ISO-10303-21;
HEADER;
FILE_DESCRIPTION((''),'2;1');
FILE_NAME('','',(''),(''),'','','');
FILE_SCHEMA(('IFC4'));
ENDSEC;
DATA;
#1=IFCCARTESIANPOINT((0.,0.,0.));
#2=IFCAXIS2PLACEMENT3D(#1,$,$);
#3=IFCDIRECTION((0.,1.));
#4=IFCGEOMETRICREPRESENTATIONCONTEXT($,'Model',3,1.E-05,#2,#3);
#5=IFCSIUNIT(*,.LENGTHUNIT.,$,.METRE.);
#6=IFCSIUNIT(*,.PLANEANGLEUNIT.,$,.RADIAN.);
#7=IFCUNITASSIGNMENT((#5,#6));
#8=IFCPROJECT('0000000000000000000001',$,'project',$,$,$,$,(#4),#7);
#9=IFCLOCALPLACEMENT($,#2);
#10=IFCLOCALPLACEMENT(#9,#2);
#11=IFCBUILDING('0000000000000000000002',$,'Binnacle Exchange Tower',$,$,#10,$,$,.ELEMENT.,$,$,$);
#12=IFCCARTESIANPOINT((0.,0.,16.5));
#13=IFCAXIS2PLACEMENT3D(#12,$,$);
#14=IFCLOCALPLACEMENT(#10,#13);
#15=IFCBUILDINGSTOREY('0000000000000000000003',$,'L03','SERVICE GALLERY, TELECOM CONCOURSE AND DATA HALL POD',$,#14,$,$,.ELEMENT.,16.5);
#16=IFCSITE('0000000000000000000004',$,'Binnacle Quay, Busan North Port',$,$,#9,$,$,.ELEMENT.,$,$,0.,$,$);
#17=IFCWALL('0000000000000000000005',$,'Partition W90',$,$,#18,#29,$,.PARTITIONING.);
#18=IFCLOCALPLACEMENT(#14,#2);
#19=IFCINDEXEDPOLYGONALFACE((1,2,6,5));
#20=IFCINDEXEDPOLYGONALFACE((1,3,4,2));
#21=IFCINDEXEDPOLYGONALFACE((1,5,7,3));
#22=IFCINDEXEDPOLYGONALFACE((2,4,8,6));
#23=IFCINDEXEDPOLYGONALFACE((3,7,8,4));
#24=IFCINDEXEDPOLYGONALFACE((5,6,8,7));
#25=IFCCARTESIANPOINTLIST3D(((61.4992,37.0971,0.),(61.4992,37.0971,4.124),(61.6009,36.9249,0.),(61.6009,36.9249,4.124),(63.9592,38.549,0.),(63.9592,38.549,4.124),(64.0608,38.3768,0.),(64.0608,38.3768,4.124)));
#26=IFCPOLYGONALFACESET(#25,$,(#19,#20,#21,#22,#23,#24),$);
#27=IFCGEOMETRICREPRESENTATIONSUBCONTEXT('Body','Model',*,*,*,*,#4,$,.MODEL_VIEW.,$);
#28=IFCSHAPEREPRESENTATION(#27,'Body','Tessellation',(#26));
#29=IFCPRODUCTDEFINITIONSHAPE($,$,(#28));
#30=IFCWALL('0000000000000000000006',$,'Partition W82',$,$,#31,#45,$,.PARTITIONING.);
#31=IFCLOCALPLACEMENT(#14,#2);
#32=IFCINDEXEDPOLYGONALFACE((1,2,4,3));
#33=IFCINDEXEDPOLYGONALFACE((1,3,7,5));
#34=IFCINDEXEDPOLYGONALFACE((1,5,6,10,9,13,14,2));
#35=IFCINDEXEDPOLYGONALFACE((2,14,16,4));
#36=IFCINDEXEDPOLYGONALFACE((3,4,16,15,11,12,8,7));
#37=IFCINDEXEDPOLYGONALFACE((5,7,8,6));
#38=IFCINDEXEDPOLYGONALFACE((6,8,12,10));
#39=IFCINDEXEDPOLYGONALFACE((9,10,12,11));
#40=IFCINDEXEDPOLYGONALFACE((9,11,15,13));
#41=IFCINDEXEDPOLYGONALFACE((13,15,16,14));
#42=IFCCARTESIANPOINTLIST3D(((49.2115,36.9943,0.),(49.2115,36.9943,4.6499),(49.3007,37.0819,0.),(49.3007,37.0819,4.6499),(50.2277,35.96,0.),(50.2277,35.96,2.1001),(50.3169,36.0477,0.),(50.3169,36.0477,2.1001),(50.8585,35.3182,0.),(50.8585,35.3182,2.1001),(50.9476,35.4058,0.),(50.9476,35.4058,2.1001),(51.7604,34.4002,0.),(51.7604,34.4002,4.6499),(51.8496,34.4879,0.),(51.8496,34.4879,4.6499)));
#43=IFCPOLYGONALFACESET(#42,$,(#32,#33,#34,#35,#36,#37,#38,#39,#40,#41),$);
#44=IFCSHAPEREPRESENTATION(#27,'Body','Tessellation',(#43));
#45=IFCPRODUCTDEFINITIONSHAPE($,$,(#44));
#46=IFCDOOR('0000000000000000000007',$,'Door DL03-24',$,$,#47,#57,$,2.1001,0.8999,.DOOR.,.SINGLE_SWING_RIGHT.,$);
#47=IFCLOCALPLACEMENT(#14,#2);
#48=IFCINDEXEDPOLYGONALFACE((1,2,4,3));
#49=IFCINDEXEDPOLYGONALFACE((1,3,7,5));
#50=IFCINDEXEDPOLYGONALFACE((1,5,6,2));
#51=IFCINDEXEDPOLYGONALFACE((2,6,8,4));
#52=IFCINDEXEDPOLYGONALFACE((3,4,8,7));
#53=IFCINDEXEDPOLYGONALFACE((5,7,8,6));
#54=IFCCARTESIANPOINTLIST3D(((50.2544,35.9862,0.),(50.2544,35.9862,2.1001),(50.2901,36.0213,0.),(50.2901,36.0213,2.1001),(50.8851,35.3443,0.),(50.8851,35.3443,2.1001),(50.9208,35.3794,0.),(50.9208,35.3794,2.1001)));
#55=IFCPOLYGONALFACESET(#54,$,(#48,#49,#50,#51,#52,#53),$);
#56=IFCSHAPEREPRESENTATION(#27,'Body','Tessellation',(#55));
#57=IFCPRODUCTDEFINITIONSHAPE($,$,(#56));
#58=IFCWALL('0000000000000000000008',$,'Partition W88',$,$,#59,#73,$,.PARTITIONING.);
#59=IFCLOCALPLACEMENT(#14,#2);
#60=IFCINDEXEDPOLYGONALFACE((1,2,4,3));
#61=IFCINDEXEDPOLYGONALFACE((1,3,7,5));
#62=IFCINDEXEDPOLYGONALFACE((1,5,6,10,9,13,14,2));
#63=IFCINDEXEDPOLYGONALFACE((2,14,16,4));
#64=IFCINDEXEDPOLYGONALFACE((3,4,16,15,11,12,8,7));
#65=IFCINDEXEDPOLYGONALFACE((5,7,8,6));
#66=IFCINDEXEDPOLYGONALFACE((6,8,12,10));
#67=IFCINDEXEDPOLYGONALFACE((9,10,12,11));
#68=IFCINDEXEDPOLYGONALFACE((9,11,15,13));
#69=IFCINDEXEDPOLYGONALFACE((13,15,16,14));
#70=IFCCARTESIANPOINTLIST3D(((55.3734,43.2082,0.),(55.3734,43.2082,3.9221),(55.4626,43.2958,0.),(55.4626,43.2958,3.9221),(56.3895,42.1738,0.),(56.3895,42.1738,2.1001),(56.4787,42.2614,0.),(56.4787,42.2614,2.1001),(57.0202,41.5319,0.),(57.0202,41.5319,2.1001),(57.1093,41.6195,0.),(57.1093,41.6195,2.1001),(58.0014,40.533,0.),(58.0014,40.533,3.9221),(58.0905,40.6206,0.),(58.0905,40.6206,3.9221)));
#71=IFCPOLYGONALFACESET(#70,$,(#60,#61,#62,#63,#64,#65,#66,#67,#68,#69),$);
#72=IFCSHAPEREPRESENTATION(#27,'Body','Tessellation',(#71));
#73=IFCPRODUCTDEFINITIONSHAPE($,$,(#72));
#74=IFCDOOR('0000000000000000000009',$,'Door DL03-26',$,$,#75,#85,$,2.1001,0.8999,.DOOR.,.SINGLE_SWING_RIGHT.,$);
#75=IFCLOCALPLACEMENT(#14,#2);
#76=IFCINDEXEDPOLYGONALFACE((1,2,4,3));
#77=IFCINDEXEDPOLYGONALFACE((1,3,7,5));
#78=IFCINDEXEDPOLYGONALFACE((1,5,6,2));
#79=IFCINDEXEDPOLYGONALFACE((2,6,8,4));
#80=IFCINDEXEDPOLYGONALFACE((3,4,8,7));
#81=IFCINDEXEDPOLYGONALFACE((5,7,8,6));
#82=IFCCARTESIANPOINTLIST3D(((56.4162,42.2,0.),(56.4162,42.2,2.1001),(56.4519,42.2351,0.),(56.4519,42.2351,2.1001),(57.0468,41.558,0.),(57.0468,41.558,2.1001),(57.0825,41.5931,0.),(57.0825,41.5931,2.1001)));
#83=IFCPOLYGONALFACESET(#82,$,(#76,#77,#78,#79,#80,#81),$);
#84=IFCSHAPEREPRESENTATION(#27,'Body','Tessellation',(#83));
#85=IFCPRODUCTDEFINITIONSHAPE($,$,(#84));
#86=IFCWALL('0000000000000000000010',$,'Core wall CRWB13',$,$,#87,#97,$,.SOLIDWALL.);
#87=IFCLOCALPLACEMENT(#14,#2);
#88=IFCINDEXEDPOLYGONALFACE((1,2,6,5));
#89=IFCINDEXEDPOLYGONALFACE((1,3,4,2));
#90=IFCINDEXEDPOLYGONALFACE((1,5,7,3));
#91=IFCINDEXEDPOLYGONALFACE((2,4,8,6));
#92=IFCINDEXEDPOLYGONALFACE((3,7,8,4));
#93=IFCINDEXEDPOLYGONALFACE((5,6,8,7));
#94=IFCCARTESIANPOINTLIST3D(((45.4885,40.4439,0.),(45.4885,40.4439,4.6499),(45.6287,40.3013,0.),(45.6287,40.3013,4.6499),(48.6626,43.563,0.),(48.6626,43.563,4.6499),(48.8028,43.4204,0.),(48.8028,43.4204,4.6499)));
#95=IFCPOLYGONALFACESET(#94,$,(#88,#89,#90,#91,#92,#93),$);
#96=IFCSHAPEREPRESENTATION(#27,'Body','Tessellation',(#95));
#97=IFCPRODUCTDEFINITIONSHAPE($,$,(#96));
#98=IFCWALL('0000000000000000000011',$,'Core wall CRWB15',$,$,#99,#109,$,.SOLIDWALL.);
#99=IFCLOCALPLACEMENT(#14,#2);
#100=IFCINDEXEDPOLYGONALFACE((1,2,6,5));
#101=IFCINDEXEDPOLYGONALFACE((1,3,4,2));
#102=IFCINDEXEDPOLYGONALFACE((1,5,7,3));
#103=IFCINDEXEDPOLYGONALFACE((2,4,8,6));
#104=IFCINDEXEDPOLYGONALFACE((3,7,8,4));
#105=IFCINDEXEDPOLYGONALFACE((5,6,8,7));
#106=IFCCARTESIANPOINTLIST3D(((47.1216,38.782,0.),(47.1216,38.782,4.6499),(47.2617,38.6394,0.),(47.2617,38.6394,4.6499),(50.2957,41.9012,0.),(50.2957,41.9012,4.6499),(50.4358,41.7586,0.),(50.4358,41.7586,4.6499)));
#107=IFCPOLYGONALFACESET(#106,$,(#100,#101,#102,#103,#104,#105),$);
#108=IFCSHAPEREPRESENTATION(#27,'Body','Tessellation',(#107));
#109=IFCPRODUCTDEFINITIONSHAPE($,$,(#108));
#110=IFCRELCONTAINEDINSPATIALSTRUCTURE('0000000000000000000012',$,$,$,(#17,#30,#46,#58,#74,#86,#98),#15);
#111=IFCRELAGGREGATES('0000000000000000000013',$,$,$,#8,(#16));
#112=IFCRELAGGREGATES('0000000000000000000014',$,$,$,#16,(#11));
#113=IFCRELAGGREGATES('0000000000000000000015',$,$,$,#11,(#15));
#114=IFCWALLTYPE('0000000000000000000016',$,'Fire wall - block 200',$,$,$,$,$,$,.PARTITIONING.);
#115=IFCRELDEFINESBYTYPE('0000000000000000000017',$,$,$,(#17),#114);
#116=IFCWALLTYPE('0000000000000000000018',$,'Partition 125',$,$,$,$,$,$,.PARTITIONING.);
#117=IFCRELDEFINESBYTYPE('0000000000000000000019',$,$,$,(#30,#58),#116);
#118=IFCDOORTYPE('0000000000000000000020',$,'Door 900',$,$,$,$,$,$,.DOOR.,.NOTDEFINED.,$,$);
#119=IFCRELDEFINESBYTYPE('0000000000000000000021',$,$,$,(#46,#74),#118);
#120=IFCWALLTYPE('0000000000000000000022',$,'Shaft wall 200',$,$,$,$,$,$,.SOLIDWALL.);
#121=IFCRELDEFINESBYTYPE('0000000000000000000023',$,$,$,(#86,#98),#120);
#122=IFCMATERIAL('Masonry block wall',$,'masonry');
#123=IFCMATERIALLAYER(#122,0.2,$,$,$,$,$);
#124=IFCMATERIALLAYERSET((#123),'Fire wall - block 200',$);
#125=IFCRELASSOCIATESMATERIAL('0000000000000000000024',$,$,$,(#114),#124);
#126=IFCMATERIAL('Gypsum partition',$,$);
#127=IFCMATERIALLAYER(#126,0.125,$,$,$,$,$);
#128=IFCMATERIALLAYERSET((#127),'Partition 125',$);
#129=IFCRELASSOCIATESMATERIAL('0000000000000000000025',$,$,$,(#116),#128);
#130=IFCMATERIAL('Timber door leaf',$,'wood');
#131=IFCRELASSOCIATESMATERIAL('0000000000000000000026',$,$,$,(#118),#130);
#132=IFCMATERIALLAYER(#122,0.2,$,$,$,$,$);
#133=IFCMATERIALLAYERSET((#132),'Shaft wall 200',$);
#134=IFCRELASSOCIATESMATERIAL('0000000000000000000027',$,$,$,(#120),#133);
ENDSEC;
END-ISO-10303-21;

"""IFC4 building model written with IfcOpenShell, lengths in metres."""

from ifc_helpers import new_model, si_unit, direction, frame, frame_2d, origin, place, context, subcontext, project, spatial, rectangle, extrude, material, layer, layer_set, type_object, element, fill, save


model = new_model("IFC4")

# Units and contexts
model_context = context("Model", 3, precision=1e-05, world=origin(), true_north=direction((0.0, 1.0)))
body_context = subcontext(model_context, "Body", "Model", "MODEL_VIEW")
ifc_project = project(units=[si_unit("LENGTHUNIT", "METRE"), si_unit("PLANEANGLEUNIT", "RADIAN")], contexts=[model_context])

# Site, building, storey
site_placement = place(None, origin())
site = spatial("IfcSite", under=ifc_project, at=site_placement, Name="Binnacle Quay, Busan North Port", CompositionType="ELEMENT", RefElevation=0.0)
building_placement = place(site_placement, origin())
building = spatial("IfcBuilding", under=site, at=building_placement, Name="Binnacle Exchange Tower", CompositionType="ELEMENT")
storey_placement = place(building_placement, frame((0.0, 0.0, 16.5)))
storey = spatial("IfcBuildingStorey", under=building, at=storey_placement, Name="L03", Description="SERVICE GALLERY, TELECOM CONCOURSE AND DATA HALL POD", CompositionType="ELEMENT", Elevation=16.5)

# Wall
ifc_material_1 = material(Name="Masonry block wall", Category="masonry")
ifc_layer_1 = layer(ifc_material_1, 0.2)
ifc_layer_set_1 = layer_set([ifc_layer_1], Name="Fire wall - block 200")
wall_type_1 = type_object("IfcWallType", Name="Fire wall - block 200", PredefinedType="PARTITIONING", material=ifc_layer_set_1)
wall_1_placement = place(storey_placement, frame((61.55, 37.011, 0.0), z_axis=(0.0, 0.0, 1.0), x_axis=(0.861188, 0.508286, 0.0)))
element("IfcWall", 1, at=wall_1_placement, inside=storey, type_object=wall_type_1, Name="Partition W90", PredefinedType="PARTITIONING", context=body_context, shape_type="SweptSolid", body=[
    extrude(rectangle(XDim=2.8564, YDim=0.2, at=frame_2d((1.4282, 0.0))), origin(), (0.0, 0.0, 1.0), 4.124),
])

# Walls, openings, doors
ifc_material_2 = material(Name="Gypsum partition")
ifc_layer_2 = layer(ifc_material_2, 0.125)
ifc_layer_set_2 = layer_set([ifc_layer_2], Name="Partition 125")
wall_type_2 = type_object("IfcWallType", Name="Partition 125", PredefinedType="PARTITIONING", material=ifc_layer_set_2)
wall_2_placement = place(storey_placement, frame((49.2561, 37.0381, 0.0), z_axis=(0.0, 0.0, 1.0), x_axis=(0.70087, -0.713289, 0.0)))
wall_2 = element("IfcWall", 2, at=wall_2_placement, inside=storey, type_object=wall_type_2, Name="Partition W82", PredefinedType="PARTITIONING", context=body_context, shape_type="SweptSolid", body=[
    extrude(rectangle(XDim=3.6367, YDim=0.125, at=frame_2d((1.8184, 0.0))), origin(), (0.0, 0.0, 1.0), 4.6499),
])
opening_1_placement = place(wall_2_placement, frame((1.45, 0.0, 0.0)))
opening_1 = element("IfcOpeningElement", 3, at=opening_1_placement, cuts=wall_2, PredefinedType="OPENING", context=body_context, shape_type="SweptSolid", body=[
    extrude(rectangle(XDim=0.8999, YDim=2.1001, at=frame_2d((0.45, 1.05))), frame((0.0, 0.0725, 0.0), z_axis=(0.0, -1.0, 0.0), x_axis=(1.0, 0.0, 0.0)), (0.0, 0.0, 1.0), 0.145),
])
ifc_material_3 = material(Name="Timber door leaf", Category="wood")
door_type_1 = type_object("IfcDoorType", Name="Door 900", OperationType="NOTDEFINED", PredefinedType="DOOR", material=ifc_material_3)
door_1_placement = place(opening_1_placement, origin())
door_1 = element("IfcDoor", 4, at=door_1_placement, inside=storey, type_object=door_type_1, Name="Door DL03-24", OperationType="SINGLE_SWING_RIGHT", OverallHeight=2.1001, OverallWidth=0.8999, PredefinedType="DOOR", context=body_context, shape_type="SweptSolid", body=[
    extrude(rectangle(XDim=0.8999, YDim=2.1001, at=frame_2d((0.45, 1.05))), frame((0.0, 0.0249, 0.0), z_axis=(0.0, -1.0, 0.0), x_axis=(1.0, 0.0, 0.0)), (0.0, 0.0, 1.0), 0.05),
])
fill(opening_1, door_1)
wall_3_placement = place(storey_placement, frame((55.418, 43.252, 0.0), z_axis=(0.0, 0.0, 1.0), x_axis=(0.700796, -0.713362, 0.0)))
wall_3 = element("IfcWall", 5, at=wall_3_placement, inside=storey, type_object=wall_type_2, Name="Partition W88", PredefinedType="PARTITIONING", context=body_context, shape_type="SweptSolid", body=[
    extrude(rectangle(XDim=3.75, YDim=0.125, at=frame_2d((1.875, 0.0))), origin(), (0.0, 0.0, 1.0), 3.9221),
])
opening_2_placement = place(wall_3_placement, frame((1.45, 0.0, 0.0)))
opening_2 = element("IfcOpeningElement", 6, at=opening_2_placement, cuts=wall_3, PredefinedType="OPENING", context=body_context, shape_type="SweptSolid", body=[
    extrude(rectangle(XDim=0.8999, YDim=2.1001, at=frame_2d((0.45, 1.05))), frame((0.0, 0.0725, 0.0), z_axis=(0.0, -1.0, 0.0), x_axis=(1.0, 0.0, 0.0)), (0.0, 0.0, 1.0), 0.145),
])
door_2_placement = place(opening_2_placement, origin())
door_2 = element("IfcDoor", 7, at=door_2_placement, inside=storey, type_object=door_type_1, Name="Door DL03-26", OperationType="SINGLE_SWING_RIGHT", OverallHeight=2.1001, OverallWidth=0.8999, PredefinedType="DOOR", context=body_context, shape_type="SweptSolid", body=[
    extrude(rectangle(XDim=0.8999, YDim=2.1001, at=frame_2d((0.45, 1.05))), frame((0.0, 0.0249, 0.0), z_axis=(0.0, -1.0, 0.0), x_axis=(1.0, 0.0, 0.0)), (0.0, 0.0, 1.0), 0.05),
])
fill(opening_2, door_2)

# Walls
ifc_layer_3 = layer(ifc_material_1, 0.2)
ifc_layer_set_3 = layer_set([ifc_layer_3], Name="Shaft wall 200")
wall_type_3 = type_object("IfcWallType", Name="Shaft wall 200", PredefinedType="SOLIDWALL", material=ifc_layer_set_3)
for number, where, z_axis, x_axis, name in (
    (8, (45.5586, 40.3726, 0.0), (0.0, 0.0, 1.0), (0.713252, 0.700908, 0.0), "Core wall CRWB13"),
    (9, (47.1917, 38.7107, 0.0), (0.0, 0.0, 1.0), (0.713252, 0.700908, 0.0), "Core wall CRWB15"),
):
    element("IfcWall", number, at=place(storey_placement, frame(where, z_axis=z_axis, x_axis=x_axis)), inside=storey, type_object=wall_type_3, Name=name, PredefinedType="SOLIDWALL", context=body_context, shape_type="SweptSolid", body=[
        extrude(rectangle(XDim=4.4502, YDim=0.2, at=frame_2d((2.2251, 0.0))), origin(), (0.0, 0.0, 1.0), 4.6499),
    ])

save(model, "model.ifc")
